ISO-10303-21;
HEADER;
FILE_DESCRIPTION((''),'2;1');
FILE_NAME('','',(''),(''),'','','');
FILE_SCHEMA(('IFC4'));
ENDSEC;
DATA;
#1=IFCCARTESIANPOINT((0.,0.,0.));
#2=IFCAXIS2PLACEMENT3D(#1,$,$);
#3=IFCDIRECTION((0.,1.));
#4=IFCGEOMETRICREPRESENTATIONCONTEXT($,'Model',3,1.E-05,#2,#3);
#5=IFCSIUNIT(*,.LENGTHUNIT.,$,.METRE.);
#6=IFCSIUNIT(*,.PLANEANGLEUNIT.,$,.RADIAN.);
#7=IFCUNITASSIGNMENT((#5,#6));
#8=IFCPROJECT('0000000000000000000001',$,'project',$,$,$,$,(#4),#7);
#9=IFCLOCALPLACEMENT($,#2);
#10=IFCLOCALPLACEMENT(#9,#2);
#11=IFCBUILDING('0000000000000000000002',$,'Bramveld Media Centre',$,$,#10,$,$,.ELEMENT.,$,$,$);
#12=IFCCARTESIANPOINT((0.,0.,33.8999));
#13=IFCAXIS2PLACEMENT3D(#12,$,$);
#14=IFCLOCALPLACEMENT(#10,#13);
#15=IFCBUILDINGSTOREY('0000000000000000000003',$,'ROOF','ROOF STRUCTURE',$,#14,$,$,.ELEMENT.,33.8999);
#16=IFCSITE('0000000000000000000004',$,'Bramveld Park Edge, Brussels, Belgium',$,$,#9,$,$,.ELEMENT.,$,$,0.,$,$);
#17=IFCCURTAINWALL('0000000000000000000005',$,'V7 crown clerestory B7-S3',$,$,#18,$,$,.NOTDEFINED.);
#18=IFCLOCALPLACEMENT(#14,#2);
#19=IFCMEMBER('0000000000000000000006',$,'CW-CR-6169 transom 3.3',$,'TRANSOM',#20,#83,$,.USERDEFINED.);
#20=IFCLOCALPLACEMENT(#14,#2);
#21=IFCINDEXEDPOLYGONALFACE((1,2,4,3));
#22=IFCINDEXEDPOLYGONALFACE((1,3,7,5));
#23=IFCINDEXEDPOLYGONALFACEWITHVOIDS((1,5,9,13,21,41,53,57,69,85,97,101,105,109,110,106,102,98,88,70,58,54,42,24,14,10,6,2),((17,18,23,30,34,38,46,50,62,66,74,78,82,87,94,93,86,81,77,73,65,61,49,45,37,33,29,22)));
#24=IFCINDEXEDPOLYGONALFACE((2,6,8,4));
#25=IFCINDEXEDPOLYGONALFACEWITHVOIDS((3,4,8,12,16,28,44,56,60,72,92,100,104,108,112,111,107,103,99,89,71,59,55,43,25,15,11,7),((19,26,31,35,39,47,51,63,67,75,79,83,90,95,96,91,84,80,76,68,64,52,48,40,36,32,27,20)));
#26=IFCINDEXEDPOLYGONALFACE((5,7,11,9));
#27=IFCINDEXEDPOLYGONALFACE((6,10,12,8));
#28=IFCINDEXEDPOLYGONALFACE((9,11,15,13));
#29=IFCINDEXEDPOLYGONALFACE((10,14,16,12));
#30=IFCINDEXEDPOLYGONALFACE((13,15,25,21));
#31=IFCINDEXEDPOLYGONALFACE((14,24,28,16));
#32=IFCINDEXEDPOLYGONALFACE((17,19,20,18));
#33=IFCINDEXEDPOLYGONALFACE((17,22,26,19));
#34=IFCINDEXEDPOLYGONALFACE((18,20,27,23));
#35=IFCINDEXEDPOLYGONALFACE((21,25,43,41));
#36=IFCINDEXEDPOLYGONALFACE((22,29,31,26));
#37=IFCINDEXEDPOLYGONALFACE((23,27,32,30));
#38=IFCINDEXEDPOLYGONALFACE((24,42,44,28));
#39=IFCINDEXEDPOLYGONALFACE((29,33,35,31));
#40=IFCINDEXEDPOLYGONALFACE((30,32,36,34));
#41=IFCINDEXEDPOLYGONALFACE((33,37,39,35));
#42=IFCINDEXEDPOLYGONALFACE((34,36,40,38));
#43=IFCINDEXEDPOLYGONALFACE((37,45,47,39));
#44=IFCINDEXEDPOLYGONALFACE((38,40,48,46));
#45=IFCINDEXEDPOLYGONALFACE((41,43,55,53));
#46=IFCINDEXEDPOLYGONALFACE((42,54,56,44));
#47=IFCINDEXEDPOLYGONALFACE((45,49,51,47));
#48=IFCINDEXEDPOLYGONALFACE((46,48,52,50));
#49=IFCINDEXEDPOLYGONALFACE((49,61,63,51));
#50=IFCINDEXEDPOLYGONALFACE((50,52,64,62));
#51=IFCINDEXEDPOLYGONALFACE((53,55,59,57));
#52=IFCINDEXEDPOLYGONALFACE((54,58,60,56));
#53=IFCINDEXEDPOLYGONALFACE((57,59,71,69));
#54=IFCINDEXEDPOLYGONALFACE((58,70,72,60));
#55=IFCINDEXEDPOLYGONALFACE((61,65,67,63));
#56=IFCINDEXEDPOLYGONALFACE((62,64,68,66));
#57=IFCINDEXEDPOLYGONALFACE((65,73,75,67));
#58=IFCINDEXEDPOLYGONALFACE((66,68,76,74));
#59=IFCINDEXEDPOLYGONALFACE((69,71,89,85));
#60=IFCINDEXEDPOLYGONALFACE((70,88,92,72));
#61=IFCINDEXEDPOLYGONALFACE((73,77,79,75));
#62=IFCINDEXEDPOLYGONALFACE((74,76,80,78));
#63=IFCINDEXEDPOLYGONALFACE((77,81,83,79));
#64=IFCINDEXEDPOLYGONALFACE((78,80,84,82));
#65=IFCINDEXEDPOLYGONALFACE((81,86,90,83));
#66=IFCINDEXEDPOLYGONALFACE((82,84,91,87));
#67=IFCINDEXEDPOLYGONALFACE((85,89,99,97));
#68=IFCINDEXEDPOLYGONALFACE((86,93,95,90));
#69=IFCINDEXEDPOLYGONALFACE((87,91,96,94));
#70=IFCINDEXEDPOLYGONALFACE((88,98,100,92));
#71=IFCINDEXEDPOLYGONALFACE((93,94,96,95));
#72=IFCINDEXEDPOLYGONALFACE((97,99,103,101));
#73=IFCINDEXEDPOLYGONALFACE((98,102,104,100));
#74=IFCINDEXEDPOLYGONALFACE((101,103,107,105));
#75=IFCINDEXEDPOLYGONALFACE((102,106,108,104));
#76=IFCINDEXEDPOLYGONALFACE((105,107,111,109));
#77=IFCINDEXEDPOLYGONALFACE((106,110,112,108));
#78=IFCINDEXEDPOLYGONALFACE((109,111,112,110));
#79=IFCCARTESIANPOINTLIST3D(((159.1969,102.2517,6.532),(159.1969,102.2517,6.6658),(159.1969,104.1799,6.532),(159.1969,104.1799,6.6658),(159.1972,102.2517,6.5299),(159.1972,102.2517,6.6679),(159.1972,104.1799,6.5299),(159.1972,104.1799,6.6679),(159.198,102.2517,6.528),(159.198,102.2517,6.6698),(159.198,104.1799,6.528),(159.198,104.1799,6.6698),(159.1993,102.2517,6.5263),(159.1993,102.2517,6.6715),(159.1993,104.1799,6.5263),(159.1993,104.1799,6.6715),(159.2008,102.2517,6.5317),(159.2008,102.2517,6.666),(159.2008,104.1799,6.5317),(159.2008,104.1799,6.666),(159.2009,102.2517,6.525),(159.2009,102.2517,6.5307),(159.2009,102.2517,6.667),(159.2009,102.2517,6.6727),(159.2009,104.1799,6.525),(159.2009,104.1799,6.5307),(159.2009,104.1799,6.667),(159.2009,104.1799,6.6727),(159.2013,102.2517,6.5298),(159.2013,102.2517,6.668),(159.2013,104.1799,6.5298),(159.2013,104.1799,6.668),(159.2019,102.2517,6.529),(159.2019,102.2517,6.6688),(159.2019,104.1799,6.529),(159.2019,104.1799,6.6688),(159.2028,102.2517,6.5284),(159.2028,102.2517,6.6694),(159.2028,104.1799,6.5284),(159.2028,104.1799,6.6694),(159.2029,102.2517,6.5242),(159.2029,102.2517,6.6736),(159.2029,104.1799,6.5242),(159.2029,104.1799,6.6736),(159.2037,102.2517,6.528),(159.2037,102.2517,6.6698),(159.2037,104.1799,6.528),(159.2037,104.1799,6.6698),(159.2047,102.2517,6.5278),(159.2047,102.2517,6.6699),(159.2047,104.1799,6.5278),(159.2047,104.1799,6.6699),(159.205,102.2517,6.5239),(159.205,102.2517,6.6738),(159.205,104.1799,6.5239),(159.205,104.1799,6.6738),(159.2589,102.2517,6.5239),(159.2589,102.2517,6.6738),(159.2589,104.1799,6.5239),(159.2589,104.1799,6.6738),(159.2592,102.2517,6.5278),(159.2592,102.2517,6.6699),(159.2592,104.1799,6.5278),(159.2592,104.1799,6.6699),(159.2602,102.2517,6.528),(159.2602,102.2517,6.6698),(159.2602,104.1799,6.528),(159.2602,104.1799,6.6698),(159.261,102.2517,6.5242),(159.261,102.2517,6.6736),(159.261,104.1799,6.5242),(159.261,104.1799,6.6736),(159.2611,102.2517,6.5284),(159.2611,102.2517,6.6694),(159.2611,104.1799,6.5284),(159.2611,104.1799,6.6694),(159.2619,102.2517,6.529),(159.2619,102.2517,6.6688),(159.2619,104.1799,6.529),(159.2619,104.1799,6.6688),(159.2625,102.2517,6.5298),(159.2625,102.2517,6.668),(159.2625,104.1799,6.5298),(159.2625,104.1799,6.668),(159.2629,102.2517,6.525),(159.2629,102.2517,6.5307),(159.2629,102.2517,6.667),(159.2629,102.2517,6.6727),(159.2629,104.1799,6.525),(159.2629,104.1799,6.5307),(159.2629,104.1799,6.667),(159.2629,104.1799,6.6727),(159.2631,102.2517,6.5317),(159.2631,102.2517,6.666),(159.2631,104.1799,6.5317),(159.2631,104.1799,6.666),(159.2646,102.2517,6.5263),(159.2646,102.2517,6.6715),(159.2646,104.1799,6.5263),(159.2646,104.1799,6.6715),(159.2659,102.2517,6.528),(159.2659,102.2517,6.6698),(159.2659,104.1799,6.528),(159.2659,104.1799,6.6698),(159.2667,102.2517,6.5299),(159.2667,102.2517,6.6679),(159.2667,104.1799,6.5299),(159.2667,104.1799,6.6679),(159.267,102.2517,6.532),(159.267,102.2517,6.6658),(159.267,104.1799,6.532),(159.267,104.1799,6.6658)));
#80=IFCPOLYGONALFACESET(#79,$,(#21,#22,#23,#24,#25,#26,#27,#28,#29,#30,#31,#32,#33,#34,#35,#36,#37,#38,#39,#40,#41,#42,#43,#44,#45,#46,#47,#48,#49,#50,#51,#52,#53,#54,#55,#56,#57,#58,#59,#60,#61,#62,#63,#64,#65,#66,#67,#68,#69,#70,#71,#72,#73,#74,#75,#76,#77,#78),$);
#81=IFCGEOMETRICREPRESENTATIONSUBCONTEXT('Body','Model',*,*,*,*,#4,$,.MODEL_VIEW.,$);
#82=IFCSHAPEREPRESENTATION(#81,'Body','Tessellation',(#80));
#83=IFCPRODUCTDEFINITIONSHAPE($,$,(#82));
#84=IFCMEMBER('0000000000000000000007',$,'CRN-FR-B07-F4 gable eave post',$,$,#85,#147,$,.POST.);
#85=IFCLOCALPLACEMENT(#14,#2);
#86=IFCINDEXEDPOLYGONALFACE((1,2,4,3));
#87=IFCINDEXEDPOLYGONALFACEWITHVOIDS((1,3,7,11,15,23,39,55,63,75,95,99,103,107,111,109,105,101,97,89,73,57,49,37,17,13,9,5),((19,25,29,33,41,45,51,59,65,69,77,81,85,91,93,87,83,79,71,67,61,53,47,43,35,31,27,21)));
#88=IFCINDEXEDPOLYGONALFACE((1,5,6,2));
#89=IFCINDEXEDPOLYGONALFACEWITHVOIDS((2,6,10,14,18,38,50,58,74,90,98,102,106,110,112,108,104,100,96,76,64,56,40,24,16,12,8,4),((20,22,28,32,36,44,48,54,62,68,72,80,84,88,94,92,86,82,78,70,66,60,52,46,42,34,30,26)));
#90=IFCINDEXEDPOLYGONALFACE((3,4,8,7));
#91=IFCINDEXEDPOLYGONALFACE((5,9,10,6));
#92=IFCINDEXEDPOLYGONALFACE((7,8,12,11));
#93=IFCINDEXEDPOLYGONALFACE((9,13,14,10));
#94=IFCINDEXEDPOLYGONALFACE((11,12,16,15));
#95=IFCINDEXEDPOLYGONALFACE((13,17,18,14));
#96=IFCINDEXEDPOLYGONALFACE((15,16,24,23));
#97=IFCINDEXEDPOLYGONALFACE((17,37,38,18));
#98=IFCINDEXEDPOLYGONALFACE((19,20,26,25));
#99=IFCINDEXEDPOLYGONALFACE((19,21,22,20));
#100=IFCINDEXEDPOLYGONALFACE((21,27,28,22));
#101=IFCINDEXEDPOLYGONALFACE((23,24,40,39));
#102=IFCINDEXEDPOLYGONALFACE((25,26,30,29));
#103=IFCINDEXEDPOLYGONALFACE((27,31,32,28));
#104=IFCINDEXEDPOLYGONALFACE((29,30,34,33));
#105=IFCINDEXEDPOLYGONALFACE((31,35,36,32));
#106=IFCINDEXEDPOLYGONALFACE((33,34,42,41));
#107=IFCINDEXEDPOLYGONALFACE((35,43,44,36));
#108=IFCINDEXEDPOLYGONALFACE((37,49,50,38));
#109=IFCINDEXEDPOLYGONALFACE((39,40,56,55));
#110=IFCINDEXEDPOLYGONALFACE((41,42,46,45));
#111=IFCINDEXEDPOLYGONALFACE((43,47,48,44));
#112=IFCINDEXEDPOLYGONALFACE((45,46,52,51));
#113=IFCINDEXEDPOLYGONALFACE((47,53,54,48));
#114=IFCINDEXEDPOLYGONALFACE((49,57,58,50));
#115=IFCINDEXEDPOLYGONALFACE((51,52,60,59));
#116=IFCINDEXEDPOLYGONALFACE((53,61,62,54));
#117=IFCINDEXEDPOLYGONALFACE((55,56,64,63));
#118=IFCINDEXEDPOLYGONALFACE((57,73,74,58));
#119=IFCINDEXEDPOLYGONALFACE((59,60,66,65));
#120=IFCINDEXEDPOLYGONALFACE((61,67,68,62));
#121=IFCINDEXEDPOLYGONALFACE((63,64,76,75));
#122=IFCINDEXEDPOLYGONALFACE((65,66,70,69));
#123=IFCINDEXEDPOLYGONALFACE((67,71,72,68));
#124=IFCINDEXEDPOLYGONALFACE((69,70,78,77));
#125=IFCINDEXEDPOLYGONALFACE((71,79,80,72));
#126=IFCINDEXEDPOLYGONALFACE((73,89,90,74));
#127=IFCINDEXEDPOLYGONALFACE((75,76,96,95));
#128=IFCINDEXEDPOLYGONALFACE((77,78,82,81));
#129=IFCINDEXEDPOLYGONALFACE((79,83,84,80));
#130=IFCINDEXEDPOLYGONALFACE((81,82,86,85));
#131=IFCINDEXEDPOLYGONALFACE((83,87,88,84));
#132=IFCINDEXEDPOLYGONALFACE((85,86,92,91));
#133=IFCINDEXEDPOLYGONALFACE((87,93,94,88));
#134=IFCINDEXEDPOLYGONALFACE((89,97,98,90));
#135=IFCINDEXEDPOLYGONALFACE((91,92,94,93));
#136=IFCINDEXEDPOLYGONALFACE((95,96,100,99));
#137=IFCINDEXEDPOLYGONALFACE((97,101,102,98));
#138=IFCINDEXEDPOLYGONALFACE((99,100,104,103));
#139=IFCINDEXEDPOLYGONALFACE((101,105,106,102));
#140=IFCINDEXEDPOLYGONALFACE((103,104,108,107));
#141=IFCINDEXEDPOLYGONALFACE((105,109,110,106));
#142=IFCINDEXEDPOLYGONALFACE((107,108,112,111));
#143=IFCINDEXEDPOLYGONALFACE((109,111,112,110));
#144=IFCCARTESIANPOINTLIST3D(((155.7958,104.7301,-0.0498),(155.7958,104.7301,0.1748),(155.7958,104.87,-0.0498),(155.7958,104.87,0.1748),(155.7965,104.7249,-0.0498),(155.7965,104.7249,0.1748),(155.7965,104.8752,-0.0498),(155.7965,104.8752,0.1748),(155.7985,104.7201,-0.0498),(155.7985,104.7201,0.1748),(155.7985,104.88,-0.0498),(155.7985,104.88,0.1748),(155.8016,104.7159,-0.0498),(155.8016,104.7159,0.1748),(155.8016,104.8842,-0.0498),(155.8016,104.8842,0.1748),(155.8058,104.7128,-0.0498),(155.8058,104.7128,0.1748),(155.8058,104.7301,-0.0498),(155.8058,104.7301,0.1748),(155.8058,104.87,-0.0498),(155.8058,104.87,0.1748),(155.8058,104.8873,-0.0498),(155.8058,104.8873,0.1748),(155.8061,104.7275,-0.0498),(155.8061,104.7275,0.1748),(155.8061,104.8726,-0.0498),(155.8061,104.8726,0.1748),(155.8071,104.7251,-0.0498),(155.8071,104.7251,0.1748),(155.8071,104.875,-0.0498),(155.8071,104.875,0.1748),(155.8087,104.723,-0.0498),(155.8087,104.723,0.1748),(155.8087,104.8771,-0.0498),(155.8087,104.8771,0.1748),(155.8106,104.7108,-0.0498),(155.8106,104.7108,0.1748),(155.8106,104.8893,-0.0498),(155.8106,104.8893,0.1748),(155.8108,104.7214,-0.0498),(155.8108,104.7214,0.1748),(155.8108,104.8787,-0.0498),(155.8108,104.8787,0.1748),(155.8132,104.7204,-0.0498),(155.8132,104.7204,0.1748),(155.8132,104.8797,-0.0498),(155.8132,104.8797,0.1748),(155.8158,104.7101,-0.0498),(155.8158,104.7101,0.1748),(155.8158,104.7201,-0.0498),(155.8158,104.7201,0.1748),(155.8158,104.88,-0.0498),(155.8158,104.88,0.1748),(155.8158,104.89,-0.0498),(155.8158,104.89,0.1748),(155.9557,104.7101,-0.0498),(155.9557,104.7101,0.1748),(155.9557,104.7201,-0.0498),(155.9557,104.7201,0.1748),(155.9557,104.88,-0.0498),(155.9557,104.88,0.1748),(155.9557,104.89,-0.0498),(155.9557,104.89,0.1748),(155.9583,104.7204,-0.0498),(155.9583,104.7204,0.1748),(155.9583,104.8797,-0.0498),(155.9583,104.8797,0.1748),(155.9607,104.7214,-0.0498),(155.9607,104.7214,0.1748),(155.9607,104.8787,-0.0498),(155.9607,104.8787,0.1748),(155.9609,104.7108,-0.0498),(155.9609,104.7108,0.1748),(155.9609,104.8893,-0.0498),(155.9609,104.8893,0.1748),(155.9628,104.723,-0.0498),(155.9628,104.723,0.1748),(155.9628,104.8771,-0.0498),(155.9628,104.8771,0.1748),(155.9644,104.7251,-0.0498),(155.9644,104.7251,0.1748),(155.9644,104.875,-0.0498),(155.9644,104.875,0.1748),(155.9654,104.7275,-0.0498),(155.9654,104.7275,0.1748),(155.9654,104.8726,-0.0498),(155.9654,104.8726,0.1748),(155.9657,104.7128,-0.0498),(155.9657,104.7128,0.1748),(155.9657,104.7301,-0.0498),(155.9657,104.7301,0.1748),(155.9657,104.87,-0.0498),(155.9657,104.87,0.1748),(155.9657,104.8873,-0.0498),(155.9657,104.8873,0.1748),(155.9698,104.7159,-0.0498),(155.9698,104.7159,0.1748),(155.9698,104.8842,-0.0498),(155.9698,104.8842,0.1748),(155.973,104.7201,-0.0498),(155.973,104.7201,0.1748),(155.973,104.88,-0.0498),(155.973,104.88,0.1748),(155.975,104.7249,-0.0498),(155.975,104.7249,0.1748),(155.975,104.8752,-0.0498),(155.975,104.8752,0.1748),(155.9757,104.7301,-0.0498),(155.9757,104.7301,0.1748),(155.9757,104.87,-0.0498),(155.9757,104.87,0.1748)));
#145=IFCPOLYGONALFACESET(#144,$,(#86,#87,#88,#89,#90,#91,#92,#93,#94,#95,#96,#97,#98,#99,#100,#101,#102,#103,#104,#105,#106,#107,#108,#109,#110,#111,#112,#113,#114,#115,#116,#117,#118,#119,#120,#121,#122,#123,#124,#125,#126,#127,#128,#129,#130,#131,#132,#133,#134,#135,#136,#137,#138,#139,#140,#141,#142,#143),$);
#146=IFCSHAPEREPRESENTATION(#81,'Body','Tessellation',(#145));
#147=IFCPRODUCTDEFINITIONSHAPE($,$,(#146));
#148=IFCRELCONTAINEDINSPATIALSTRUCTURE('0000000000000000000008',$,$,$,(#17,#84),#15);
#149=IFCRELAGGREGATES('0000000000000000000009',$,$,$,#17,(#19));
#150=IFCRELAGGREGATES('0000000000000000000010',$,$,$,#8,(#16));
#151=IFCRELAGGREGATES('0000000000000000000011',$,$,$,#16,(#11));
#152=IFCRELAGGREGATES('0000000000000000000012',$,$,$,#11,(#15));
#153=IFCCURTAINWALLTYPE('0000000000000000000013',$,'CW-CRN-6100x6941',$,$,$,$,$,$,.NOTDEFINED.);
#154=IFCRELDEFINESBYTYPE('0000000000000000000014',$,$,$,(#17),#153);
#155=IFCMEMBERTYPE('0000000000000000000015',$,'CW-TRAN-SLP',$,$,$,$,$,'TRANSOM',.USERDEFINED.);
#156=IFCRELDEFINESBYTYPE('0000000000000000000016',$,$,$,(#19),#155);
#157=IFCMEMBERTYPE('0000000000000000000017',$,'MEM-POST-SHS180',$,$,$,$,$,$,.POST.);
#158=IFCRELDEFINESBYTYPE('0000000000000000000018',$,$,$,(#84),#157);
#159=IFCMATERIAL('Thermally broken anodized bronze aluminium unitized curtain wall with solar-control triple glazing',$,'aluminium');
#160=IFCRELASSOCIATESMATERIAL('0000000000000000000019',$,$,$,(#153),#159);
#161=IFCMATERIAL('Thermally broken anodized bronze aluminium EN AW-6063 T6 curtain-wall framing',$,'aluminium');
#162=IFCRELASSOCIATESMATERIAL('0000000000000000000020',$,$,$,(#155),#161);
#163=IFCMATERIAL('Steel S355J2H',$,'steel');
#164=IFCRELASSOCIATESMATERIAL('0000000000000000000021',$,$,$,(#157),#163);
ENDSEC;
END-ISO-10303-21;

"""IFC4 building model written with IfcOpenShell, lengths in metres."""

from ifc_helpers import new_model, si_unit, direction, frame, origin, origin_2d, place, context, subcontext, project, spatial, hollow_rectangle, extrude, material, material_profile, profile_set, type_object, element, aggregate, save


model = new_model("IFC4")

# Units and contexts
model_context = context("Model", 3, precision=1e-05, world=origin(), true_north=direction((0.0, 1.0)))
body_context = subcontext(model_context, "Body", "Model", "MODEL_VIEW")
ifc_project = project(units=[si_unit("LENGTHUNIT", "METRE"), si_unit("PLANEANGLEUNIT", "RADIAN")], contexts=[model_context])

# Site, building, storey
site_placement = place(None, origin())
site = spatial("IfcSite", under=ifc_project, at=site_placement, Name="Bramveld Park Edge, Brussels, Belgium", CompositionType="ELEMENT", RefElevation=0.0)
building_placement = place(site_placement, origin())
building = spatial("IfcBuilding", under=site, at=building_placement, Name="Bramveld Media Centre", CompositionType="ELEMENT")
storey_placement = place(building_placement, frame((0.0, 0.0, 33.8999)))
storey = spatial("IfcBuildingStorey", under=building, at=storey_placement, Name="ROOF", Description="ROOF STRUCTURE", CompositionType="ELEMENT", Elevation=33.8999)

# Curtain wall
ifc_material_1 = material(Name="Thermally broken anodized bronze aluminium unitized curtain wall with solar-control triple glazing", Category="aluminium")
curtain_wall_type = type_object("IfcCurtainWallType", Name="CW-CRN-6100x6941", PredefinedType="NOTDEFINED", material=ifc_material_1)
curtain_wall_1_placement = place(storey_placement, origin())
curtain_wall_1 = element("IfcCurtainWall", 1, at=curtain_wall_1_placement, inside=storey, type_object=curtain_wall_type, Name="V7 crown clerestory B7-S3", PredefinedType="NOTDEFINED")

# Member
ifc_material_2 = material(Name="Thermally broken anodized bronze aluminium EN AW-6063 T6 curtain-wall framing", Category="aluminium")
ifc_material_profile_1 = material_profile(ifc_material_2, hollow_rectangle(XDim=0.0701, YDim=0.1499, WallThickness=0.0039, InnerFilletRadius=0.0039, OuterFilletRadius=0.0081, at=origin_2d()), Name="AL-TRAN 70x150")
ifc_profile_set_1 = profile_set([ifc_material_profile_1], Name="Thermally broken anodized bronze aluminium EN AW-6063 T6 curtain-wall framing")
member_type_1 = type_object("IfcMemberType", Name="CW-TRAN-SLP", ElementType="TRANSOM", PredefinedType="USERDEFINED", material=ifc_profile_set_1)
member_1_placement = place(storey_placement, frame((159.2319, 102.2517, 6.5989), z_axis=(0.0, 1.0, 0.0), x_axis=(-1.0, 0.0, 0.0)))
member_1 = element("IfcMember", 2, at=member_1_placement, type_object=member_type_1, Name="CW-CR-6169 transom 3.3", ObjectType="TRANSOM", PredefinedType="USERDEFINED", context=body_context, shape_type="SweptSolid", body=[
    extrude(hollow_rectangle(XDim=0.0701, YDim=0.1499, WallThickness=0.0039, InnerFilletRadius=0.0039, OuterFilletRadius=0.0081, at=origin_2d()), origin(), (0.0, 0.0, 1.0), 1.9282),
])

# Member
ifc_material_3 = material(Name="Steel S355J2H", Category="steel")
ifc_material_profile_2 = material_profile(ifc_material_3, hollow_rectangle(XDim=0.1799, YDim=0.1799, WallThickness=0.01, InnerFilletRadius=0.01, OuterFilletRadius=0.02, at=origin_2d()), Name="SHS 180x180x10")
ifc_profile_set_2 = profile_set([ifc_material_profile_2], Name="Steel S355J2H")
member_type_2 = type_object("IfcMemberType", Name="MEM-POST-SHS180", PredefinedType="POST", material=ifc_profile_set_2)
member_2_placement = place(storey_placement, frame((155.8857, 104.8, -0.0498), z_axis=(0.0, 0.0, 1.0), x_axis=(1.0, 0.0, 0.0)))
element("IfcMember", 3, at=member_2_placement, inside=storey, type_object=member_type_2, Name="CRN-FR-B07-F4 gable eave post", PredefinedType="POST", context=body_context, shape_type="SweptSolid", body=[
    extrude(hollow_rectangle(XDim=0.1799, YDim=0.1799, WallThickness=0.01, InnerFilletRadius=0.01, OuterFilletRadius=0.02, at=origin_2d()), origin(), (0.0, 0.0, 1.0), 0.2246),
])

aggregate(curtain_wall_1, [member_1])

save(model, "model.ifc")
